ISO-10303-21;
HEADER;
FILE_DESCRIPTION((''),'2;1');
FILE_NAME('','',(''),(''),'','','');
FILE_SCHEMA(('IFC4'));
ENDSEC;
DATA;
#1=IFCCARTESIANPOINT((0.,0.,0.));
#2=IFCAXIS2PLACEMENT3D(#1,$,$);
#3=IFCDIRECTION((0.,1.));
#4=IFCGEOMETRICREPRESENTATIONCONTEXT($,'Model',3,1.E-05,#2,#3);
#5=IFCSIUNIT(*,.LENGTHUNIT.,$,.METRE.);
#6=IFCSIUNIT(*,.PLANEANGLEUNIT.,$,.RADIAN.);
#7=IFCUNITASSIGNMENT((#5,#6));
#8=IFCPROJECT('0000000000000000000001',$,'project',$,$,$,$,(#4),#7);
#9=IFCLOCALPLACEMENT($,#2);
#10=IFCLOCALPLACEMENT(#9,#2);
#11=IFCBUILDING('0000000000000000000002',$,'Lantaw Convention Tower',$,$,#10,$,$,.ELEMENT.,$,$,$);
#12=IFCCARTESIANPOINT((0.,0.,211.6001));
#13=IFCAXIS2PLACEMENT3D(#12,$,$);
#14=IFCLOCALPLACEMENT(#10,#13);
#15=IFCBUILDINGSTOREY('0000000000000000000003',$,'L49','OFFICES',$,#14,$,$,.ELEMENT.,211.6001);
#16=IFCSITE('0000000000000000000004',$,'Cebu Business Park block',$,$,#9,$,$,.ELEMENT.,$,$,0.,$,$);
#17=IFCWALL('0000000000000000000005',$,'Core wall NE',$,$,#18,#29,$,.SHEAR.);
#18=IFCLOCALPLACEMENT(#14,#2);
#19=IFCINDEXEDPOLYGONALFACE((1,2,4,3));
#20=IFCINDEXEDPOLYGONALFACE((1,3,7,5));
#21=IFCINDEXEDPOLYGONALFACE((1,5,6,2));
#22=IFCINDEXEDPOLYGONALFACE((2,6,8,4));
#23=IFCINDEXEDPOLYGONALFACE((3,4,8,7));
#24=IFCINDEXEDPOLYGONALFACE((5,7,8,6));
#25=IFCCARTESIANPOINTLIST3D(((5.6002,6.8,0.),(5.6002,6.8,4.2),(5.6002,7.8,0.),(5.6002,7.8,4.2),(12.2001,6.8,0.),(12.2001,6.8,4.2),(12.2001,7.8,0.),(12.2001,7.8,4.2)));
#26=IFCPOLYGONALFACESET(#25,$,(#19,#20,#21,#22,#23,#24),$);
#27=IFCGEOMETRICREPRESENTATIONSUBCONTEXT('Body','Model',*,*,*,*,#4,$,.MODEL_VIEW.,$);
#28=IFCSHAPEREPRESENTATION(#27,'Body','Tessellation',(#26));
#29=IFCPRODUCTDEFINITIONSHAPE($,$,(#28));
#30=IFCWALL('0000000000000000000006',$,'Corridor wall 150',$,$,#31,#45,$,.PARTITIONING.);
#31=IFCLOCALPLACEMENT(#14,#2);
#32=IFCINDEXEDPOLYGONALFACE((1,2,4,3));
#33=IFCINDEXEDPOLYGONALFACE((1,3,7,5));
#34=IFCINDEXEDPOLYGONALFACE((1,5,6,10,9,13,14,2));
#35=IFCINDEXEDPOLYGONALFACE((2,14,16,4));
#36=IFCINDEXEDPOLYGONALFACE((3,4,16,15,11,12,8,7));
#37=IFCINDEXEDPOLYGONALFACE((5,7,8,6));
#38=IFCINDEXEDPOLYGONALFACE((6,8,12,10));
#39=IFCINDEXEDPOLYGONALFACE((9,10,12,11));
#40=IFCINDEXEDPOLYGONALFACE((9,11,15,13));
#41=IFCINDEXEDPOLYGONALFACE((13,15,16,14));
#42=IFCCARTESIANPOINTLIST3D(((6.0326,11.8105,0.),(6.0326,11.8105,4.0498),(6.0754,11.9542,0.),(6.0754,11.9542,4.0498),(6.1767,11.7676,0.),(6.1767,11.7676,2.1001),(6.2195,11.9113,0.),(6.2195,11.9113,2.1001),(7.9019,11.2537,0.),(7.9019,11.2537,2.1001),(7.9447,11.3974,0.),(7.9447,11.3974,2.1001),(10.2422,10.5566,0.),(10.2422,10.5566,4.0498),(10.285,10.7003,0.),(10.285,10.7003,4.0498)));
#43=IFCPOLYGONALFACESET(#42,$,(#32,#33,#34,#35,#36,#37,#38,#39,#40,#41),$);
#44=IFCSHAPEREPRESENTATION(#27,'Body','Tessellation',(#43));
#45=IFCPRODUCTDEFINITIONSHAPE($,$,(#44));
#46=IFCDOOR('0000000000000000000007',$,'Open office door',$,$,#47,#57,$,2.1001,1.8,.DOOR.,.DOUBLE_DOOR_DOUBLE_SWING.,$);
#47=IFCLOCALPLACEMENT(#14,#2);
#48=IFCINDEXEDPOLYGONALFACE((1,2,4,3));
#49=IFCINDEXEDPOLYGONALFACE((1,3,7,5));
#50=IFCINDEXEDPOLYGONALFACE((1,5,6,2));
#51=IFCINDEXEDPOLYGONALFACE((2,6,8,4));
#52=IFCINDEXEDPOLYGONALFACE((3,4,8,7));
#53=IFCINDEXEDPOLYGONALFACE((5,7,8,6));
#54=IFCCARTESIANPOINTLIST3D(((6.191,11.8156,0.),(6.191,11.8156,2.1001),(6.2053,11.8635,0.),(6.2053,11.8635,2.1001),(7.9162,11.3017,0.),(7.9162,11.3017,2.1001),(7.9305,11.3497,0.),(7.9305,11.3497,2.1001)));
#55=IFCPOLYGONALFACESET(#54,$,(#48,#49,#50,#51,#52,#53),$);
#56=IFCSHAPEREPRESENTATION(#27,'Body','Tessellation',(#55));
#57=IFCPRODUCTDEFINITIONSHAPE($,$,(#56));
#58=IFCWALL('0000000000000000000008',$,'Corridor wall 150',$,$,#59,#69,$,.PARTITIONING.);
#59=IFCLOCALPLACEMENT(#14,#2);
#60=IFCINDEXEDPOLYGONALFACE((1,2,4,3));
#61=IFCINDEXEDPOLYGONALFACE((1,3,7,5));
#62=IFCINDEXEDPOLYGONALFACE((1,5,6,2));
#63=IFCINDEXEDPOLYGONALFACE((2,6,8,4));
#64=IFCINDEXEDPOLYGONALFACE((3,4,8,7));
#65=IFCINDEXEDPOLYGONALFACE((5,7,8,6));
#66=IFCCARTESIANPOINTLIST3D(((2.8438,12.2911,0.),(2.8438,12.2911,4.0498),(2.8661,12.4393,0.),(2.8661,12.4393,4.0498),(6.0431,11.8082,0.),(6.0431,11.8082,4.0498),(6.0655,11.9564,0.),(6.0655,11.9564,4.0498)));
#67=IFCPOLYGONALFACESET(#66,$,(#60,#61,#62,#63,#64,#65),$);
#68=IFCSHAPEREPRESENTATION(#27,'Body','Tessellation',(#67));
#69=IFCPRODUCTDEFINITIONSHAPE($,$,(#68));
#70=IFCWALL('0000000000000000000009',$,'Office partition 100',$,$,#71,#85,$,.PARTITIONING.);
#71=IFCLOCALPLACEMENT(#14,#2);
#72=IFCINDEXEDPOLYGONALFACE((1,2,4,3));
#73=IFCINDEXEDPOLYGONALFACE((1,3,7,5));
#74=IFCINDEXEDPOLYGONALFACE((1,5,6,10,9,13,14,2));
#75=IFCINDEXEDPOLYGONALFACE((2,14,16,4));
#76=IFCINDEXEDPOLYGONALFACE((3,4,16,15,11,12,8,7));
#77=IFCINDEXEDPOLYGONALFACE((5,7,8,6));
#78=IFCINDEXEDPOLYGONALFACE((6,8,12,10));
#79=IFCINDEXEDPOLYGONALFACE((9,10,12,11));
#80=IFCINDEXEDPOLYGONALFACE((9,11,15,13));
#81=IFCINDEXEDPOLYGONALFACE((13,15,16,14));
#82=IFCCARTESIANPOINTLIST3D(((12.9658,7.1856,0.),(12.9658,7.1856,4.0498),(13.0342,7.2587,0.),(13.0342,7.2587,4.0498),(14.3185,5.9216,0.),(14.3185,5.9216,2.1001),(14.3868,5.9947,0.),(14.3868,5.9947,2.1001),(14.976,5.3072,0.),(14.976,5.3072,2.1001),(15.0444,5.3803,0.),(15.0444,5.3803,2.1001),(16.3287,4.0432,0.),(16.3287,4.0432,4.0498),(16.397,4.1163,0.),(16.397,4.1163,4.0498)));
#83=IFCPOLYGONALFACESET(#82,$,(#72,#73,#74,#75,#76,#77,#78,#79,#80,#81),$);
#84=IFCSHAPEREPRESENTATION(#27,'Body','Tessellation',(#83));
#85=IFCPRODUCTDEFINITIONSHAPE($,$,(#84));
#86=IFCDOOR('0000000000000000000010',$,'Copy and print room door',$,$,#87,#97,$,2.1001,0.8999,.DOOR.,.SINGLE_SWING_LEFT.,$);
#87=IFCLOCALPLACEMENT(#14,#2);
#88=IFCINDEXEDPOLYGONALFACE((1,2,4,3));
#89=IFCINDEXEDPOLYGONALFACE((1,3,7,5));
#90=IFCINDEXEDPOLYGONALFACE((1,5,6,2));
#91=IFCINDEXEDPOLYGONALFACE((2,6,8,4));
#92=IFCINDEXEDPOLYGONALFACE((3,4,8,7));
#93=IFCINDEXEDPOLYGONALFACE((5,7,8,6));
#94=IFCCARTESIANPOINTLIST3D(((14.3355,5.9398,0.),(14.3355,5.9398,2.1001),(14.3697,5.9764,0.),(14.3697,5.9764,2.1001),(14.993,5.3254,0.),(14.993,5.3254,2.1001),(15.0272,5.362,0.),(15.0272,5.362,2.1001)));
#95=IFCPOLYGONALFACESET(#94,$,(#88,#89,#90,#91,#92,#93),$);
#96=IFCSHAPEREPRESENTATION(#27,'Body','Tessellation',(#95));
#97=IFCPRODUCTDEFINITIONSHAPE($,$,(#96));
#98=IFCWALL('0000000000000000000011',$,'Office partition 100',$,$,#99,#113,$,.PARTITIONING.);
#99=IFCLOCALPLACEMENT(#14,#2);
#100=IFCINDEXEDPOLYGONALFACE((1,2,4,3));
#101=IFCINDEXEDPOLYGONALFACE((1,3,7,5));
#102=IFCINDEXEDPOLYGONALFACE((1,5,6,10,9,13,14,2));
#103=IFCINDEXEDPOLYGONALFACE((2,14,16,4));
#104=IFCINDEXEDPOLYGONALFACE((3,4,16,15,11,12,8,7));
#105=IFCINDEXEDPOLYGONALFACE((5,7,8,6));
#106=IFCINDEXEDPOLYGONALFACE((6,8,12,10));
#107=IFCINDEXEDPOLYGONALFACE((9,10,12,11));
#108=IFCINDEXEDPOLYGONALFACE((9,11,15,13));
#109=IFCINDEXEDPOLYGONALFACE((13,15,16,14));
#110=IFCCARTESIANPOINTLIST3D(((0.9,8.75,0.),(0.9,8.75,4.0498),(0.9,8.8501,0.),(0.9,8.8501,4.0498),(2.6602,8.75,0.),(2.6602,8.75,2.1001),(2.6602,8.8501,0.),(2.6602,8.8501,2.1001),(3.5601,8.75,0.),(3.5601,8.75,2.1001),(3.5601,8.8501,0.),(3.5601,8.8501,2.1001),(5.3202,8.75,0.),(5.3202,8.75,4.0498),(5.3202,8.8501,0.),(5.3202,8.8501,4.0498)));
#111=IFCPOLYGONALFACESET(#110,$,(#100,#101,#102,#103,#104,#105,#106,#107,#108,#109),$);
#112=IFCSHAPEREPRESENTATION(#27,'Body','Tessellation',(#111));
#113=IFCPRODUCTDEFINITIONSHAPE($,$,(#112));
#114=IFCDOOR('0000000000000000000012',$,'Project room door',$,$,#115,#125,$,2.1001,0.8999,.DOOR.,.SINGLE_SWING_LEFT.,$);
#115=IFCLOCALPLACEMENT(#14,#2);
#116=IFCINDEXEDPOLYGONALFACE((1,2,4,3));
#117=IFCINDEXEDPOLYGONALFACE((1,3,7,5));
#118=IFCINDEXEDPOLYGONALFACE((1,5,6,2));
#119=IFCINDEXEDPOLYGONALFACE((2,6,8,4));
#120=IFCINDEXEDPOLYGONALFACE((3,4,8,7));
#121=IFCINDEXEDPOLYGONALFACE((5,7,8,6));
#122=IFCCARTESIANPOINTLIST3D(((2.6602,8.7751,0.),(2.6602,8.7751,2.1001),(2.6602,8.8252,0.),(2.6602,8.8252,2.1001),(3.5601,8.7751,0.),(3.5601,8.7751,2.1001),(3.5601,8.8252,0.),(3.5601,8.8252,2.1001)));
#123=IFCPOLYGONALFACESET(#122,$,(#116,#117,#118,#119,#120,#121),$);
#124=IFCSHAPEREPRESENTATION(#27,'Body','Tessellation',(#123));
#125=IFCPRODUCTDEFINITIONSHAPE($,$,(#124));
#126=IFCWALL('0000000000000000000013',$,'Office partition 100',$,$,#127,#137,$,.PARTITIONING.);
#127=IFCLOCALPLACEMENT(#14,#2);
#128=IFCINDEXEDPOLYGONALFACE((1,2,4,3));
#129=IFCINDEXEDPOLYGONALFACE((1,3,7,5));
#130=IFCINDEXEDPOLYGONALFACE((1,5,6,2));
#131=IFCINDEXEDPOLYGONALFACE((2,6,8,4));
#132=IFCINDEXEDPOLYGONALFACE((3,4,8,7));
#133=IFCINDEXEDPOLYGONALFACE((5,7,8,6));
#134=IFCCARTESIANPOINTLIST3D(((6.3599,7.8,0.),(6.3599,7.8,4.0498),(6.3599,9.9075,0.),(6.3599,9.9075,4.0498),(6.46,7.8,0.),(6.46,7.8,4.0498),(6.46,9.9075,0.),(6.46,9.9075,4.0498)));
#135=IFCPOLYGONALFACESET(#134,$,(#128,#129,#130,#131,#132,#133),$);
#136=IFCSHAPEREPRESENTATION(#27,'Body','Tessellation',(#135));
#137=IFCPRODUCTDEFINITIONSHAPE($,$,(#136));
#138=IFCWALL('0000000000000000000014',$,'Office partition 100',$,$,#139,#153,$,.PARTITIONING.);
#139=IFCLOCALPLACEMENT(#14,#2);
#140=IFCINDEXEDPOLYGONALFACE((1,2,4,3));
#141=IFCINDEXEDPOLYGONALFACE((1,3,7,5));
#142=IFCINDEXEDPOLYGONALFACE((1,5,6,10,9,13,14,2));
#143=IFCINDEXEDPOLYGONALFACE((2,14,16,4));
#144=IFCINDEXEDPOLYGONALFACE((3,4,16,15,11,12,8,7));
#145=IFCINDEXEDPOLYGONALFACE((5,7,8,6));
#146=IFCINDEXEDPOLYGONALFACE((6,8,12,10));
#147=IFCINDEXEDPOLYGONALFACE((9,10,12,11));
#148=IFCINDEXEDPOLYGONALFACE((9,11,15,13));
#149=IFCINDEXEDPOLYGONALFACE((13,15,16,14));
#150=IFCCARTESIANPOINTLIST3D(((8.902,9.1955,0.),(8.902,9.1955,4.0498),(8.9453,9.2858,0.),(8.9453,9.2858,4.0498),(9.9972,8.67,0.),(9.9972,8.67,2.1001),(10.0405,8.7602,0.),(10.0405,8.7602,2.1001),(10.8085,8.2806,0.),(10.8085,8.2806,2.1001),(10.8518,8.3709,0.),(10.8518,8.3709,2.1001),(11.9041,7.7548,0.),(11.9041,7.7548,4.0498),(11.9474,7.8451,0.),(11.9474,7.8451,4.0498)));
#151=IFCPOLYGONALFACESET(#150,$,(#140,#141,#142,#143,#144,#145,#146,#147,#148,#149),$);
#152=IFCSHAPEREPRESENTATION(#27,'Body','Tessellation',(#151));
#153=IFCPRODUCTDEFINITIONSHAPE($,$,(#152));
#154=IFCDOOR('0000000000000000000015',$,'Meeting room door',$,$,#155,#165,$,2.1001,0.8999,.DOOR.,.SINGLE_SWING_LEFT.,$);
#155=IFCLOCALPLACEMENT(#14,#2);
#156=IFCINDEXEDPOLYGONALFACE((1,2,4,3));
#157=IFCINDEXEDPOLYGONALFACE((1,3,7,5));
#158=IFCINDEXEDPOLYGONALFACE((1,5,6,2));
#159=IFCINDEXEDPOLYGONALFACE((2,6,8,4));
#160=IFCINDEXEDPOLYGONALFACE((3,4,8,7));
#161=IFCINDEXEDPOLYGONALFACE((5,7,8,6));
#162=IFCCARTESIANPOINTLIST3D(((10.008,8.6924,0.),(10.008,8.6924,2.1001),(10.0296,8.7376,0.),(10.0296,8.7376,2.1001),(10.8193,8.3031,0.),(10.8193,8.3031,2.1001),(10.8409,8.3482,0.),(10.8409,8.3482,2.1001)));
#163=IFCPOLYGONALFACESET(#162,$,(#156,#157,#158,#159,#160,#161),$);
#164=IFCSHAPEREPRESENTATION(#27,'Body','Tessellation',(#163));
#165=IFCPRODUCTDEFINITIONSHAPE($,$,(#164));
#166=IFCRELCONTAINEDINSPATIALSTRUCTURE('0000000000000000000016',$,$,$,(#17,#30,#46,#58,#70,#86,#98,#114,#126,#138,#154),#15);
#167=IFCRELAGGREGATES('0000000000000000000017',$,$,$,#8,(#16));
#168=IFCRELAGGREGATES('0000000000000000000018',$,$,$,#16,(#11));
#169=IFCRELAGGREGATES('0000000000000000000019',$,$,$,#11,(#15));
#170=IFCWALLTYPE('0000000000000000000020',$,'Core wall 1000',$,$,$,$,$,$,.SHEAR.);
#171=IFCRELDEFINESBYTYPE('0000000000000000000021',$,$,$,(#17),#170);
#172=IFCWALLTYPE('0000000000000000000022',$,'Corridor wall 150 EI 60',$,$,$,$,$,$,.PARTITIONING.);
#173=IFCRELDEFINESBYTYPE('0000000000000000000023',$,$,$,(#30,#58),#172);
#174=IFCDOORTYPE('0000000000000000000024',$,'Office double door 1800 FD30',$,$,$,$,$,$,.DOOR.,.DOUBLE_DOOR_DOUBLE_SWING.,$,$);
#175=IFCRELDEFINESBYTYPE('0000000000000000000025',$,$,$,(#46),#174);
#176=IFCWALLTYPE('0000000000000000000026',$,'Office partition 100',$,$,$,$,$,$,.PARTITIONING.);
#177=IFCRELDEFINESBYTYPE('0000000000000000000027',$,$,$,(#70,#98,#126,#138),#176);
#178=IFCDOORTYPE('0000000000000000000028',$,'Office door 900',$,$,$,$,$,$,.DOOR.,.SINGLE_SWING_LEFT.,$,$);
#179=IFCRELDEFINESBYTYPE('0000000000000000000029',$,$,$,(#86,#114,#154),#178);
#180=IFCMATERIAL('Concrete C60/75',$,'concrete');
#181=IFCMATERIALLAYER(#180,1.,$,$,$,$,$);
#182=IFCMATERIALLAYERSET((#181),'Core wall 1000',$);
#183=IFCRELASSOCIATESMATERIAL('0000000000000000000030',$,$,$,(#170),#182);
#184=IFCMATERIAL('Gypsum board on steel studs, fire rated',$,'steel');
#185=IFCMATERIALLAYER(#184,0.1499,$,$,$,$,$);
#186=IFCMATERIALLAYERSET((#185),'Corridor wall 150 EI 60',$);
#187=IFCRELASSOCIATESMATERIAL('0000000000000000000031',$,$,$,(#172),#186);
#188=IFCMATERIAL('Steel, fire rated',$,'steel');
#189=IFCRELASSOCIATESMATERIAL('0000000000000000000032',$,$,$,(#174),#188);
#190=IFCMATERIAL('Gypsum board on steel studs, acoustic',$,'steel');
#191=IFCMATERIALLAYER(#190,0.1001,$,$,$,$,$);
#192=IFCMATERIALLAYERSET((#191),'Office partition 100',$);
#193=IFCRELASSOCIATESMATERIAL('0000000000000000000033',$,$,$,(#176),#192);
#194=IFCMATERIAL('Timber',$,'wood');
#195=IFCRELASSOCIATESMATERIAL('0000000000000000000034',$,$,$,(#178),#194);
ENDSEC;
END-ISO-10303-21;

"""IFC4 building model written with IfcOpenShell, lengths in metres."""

from ifc_helpers import new_model, si_unit, direction, frame, frame_2d, origin, place, context, subcontext, project, spatial, rectangle, extrude, material, layer, layer_set, type_object, element, fill, save


model = new_model("IFC4")

# Units and contexts
model_context = context("Model", 3, precision=1e-05, world=origin(), true_north=direction((0.0, 1.0)))
body_context = subcontext(model_context, "Body", "Model", "MODEL_VIEW")
ifc_project = project(units=[si_unit("LENGTHUNIT", "METRE"), si_unit("PLANEANGLEUNIT", "RADIAN")], contexts=[model_context])

# Site, building, storey
site_placement = place(None, origin())
site = spatial("IfcSite", under=ifc_project, at=site_placement, Name="Cebu Business Park block", CompositionType="ELEMENT", RefElevation=0.0)
building_placement = place(site_placement, origin())
building = spatial("IfcBuilding", under=site, at=building_placement, Name="Lantaw Convention Tower", CompositionType="ELEMENT")
storey_placement = place(building_placement, frame((0.0, 0.0, 211.6001)))
storey = spatial("IfcBuildingStorey", under=building, at=storey_placement, Name="L49", Description="OFFICES", CompositionType="ELEMENT", Elevation=211.6001)

# Wall
ifc_material_1 = material(Name="Concrete C60/75", Category="concrete")
ifc_layer_1 = layer(ifc_material_1, 1.0)
ifc_layer_set_1 = layer_set([ifc_layer_1], Name="Core wall 1000")
wall_type_1 = type_object("IfcWallType", Name="Core wall 1000", PredefinedType="SHEAR", material=ifc_layer_set_1)
wall_1_placement = place(storey_placement, frame((12.2, 7.3, 0.0), z_axis=(0.0, 0.0, 1.0), x_axis=(-1.0, 0.0, 0.0)))
element("IfcWall", 1, at=wall_1_placement, inside=storey, type_object=wall_type_1, Name="Core wall NE", PredefinedType="SHEAR", context=body_context, shape_type="SweptSolid", body=[
    extrude(rectangle(XDim=6.5999, YDim=1.0, at=frame_2d((3.2998, 0.0))), origin(), (0.0, 0.0, 1.0), 4.2),
])

# Wall, opening, door
ifc_material_2 = material(Name="Gypsum board on steel studs, fire rated", Category="steel")
ifc_layer_2 = layer(ifc_material_2, 0.1499)
ifc_layer_set_2 = layer_set([ifc_layer_2], Name="Corridor wall 150 EI 60")
wall_type_2 = type_object("IfcWallType", Name="Corridor wall 150 EI 60", PredefinedType="PARTITIONING", material=ifc_layer_set_2)
wall_2_placement = place(storey_placement, frame((10.2637, 10.6284, 0.0), z_axis=(0.0, 0.0, 1.0), x_axis=(-0.958384, 0.285481, 0.0)))
wall_2 = element("IfcWall", 2, at=wall_2_placement, inside=storey, type_object=wall_type_2, Name="Corridor wall 150", PredefinedType="PARTITIONING", context=body_context, shape_type="SweptSolid", body=[
    extrude(rectangle(XDim=4.3923, YDim=0.1499, at=frame_2d((2.1963, 0.0))), origin(), (0.0, 0.0, 1.0), 4.0498),
])
opening_1_placement = place(wall_2_placement, frame((2.4421, 0.0, 0.0)))
opening_1 = element("IfcOpeningElement", 3, at=opening_1_placement, cuts=wall_2, PredefinedType="OPENING", context=body_context, shape_type="SweptSolid", body=[
    extrude(rectangle(XDim=1.8, YDim=2.1001, at=frame_2d((0.8999, 1.05))), frame((0.0, 0.085, 0.0), z_axis=(0.0, -1.0, 0.0), x_axis=(1.0, 0.0, 0.0)), (0.0, 0.0, 1.0), 0.1699),
])
ifc_material_3 = material(Name="Steel, fire rated", Category="steel")
door_type_1 = type_object("IfcDoorType", Name="Office double door 1800 FD30", OperationType="DOUBLE_DOOR_DOUBLE_SWING", PredefinedType="DOOR", material=ifc_material_3)
door_1_placement = place(opening_1_placement, origin())
door_1 = element("IfcDoor", 4, at=door_1_placement, inside=storey, type_object=door_type_1, Name="Open office door", OperationType="DOUBLE_DOOR_DOUBLE_SWING", OverallHeight=2.1001, OverallWidth=1.8, PredefinedType="DOOR", context=body_context, shape_type="SweptSolid", body=[
    extrude(rectangle(XDim=1.8, YDim=2.1001, at=frame_2d((0.8999, 1.05))), frame((0.0, 0.0249, 0.0), z_axis=(0.0, -1.0, 0.0), x_axis=(1.0, 0.0, 0.0)), (0.0, 0.0, 1.0), 0.05),
])
fill(opening_1, door_1)

# Wall
wall_3_placement = place(storey_placement, frame((6.0542, 11.8823, 0.0), z_axis=(0.0, 0.0, 1.0), x_axis=(-0.9888, 0.149244, 0.0)))
element("IfcWall", 5, at=wall_3_placement, inside=storey, type_object=wall_type_2, Name="Corridor wall 150", PredefinedType="PARTITIONING", context=body_context, shape_type="SweptSolid", body=[
    extrude(rectangle(XDim=3.2356, YDim=0.1499, at=frame_2d((1.6177, 0.0))), origin(), (0.0, 0.0, 1.0), 4.0498),
])

# Walls, openings, doors
ifc_material_4 = material(Name="Gypsum board on steel studs, acoustic", Category="steel")
ifc_layer_3 = layer(ifc_material_4, 0.1001)
ifc_layer_set_3 = layer_set([ifc_layer_3], Name="Office partition 100")
wall_type_3 = type_object("IfcWallType", Name="Office partition 100", PredefinedType="PARTITIONING", material=ifc_layer_set_3)
wall_4_placement = place(storey_placement, frame((13.0, 7.2222, 0.0), z_axis=(0.0, 0.0, 1.0), x_axis=(0.730651, -0.682751, 0.0)))
wall_4 = element("IfcWall", 6, at=wall_4_placement, inside=storey, type_object=wall_type_3, Name="Office partition 100", PredefinedType="PARTITIONING", context=body_context, shape_type="SweptSolid", body=[
    extrude(rectangle(XDim=4.6025, YDim=0.1001, at=frame_2d((2.3013, 0.0))), origin(), (0.0, 0.0, 1.0), 4.0498),
])
opening_2_placement = place(wall_4_placement, frame((1.8513, 0.0, 0.0)))
opening_2 = element("IfcOpeningElement", 7, at=opening_2_placement, cuts=wall_4, PredefinedType="OPENING", context=body_context, shape_type="SweptSolid", body=[
    extrude(rectangle(XDim=0.8999, YDim=2.1001, at=frame_2d((0.45, 1.05))), frame((0.0, 0.0601, 0.0), z_axis=(0.0, -1.0, 0.0), x_axis=(1.0, 0.0, 0.0)), (0.0, 0.0, 1.0), 0.1201),
])
ifc_material_5 = material(Name="Timber", Category="wood")
door_type_2 = type_object("IfcDoorType", Name="Office door 900", OperationType="SINGLE_SWING_LEFT", PredefinedType="DOOR", material=ifc_material_5)
door_2_placement = place(opening_2_placement, origin())
door_2 = element("IfcDoor", 8, at=door_2_placement, inside=storey, type_object=door_type_2, Name="Copy and print room door", OperationType="SINGLE_SWING_LEFT", OverallHeight=2.1001, OverallWidth=0.8999, PredefinedType="DOOR", context=body_context, shape_type="SweptSolid", body=[
    extrude(rectangle(XDim=0.8999, YDim=2.1001, at=frame_2d((0.45, 1.05))), frame((0.0, 0.0249, 0.0), z_axis=(0.0, -1.0, 0.0), x_axis=(1.0, 0.0, 0.0)), (0.0, 0.0, 1.0), 0.05),
])
fill(opening_2, door_2)
wall_5_placement = place(storey_placement, frame((5.3201, 8.8, 0.0), z_axis=(0.0, 0.0, 1.0), x_axis=(-1.0, 0.0, 0.0)))
wall_5 = element("IfcWall", 9, at=wall_5_placement, inside=storey, type_object=wall_type_3, Name="Office partition 100", PredefinedType="PARTITIONING", context=body_context, shape_type="SweptSolid", body=[
    extrude(rectangle(XDim=4.4202, YDim=0.1001, at=frame_2d((2.21, 0.0))), origin(), (0.0, 0.0, 1.0), 4.0498),
])
opening_3_placement = place(wall_5_placement, frame((1.76, 0.0, 0.0)))
opening_3 = element("IfcOpeningElement", 10, at=opening_3_placement, cuts=wall_5, PredefinedType="OPENING", context=body_context, shape_type="SweptSolid", body=[
    extrude(rectangle(XDim=0.8999, YDim=2.1001, at=frame_2d((0.45, 1.05))), frame((0.0, 0.0601, 0.0), z_axis=(0.0, -1.0, 0.0), x_axis=(1.0, 0.0, 0.0)), (0.0, 0.0, 1.0), 0.1201),
])
door_3_placement = place(opening_3_placement, origin())
door_3 = element("IfcDoor", 11, at=door_3_placement, inside=storey, type_object=door_type_2, Name="Project room door", OperationType="SINGLE_SWING_LEFT", OverallHeight=2.1001, OverallWidth=0.8999, PredefinedType="DOOR", context=body_context, shape_type="SweptSolid", body=[
    extrude(rectangle(XDim=0.8999, YDim=2.1001, at=frame_2d((0.45, 1.05))), frame((0.0, 0.0249, 0.0), z_axis=(0.0, -1.0, 0.0), x_axis=(1.0, 0.0, 0.0)), (0.0, 0.0, 1.0), 0.05),
])
fill(opening_3, door_3)

# Wall
wall_6_placement = place(storey_placement, frame((6.4099, 9.9075, 0.0), z_axis=(0.0, 0.0, 1.0), x_axis=(0.0, -1.0, 0.0)))
element("IfcWall", 12, at=wall_6_placement, inside=storey, type_object=wall_type_3, Name="Office partition 100", PredefinedType="PARTITIONING", context=body_context, shape_type="SweptSolid", body=[
    extrude(rectangle(XDim=2.1074, YDim=0.1001, at=frame_2d((1.0537, 0.0))), origin(), (0.0, 0.0, 1.0), 4.0498),
])

# Wall, opening, door
wall_7_placement = place(storey_placement, frame((8.9236, 9.2407, 0.0), z_axis=(0.0, 0.0, 1.0), x_axis=(0.901554, -0.432667, 0.0)))
wall_7 = element("IfcWall", 13, at=wall_7_placement, inside=storey, type_object=wall_type_3, Name="Office partition 100", PredefinedType="PARTITIONING", context=body_context, shape_type="SweptSolid", body=[
    extrude(rectangle(XDim=3.3298, YDim=0.1001, at=frame_2d((1.665, 0.0))), origin(), (0.0, 0.0, 1.0), 4.0498),
])
opening_4_placement = place(wall_7_placement, frame((1.2148, 0.0, 0.0)))
opening_4 = element("IfcOpeningElement", 14, at=opening_4_placement, cuts=wall_7, PredefinedType="OPENING", context=body_context, shape_type="SweptSolid", body=[
    extrude(rectangle(XDim=0.8999, YDim=2.1001, at=frame_2d((0.45, 1.05))), frame((0.0, 0.0601, 0.0), z_axis=(0.0, -1.0, 0.0), x_axis=(1.0, 0.0, 0.0)), (0.0, 0.0, 1.0), 0.1201),
])
door_4_placement = place(opening_4_placement, origin())
door_4 = element("IfcDoor", 15, at=door_4_placement, inside=storey, type_object=door_type_2, Name="Meeting room door", OperationType="SINGLE_SWING_LEFT", OverallHeight=2.1001, OverallWidth=0.8999, PredefinedType="DOOR", context=body_context, shape_type="SweptSolid", body=[
    extrude(rectangle(XDim=0.8999, YDim=2.1001, at=frame_2d((0.45, 1.05))), frame((0.0, 0.0249, 0.0), z_axis=(0.0, -1.0, 0.0), x_axis=(1.0, 0.0, 0.0)), (0.0, 0.0, 1.0), 0.05),
])
fill(opening_4, door_4)

save(model, "model.ifc")
